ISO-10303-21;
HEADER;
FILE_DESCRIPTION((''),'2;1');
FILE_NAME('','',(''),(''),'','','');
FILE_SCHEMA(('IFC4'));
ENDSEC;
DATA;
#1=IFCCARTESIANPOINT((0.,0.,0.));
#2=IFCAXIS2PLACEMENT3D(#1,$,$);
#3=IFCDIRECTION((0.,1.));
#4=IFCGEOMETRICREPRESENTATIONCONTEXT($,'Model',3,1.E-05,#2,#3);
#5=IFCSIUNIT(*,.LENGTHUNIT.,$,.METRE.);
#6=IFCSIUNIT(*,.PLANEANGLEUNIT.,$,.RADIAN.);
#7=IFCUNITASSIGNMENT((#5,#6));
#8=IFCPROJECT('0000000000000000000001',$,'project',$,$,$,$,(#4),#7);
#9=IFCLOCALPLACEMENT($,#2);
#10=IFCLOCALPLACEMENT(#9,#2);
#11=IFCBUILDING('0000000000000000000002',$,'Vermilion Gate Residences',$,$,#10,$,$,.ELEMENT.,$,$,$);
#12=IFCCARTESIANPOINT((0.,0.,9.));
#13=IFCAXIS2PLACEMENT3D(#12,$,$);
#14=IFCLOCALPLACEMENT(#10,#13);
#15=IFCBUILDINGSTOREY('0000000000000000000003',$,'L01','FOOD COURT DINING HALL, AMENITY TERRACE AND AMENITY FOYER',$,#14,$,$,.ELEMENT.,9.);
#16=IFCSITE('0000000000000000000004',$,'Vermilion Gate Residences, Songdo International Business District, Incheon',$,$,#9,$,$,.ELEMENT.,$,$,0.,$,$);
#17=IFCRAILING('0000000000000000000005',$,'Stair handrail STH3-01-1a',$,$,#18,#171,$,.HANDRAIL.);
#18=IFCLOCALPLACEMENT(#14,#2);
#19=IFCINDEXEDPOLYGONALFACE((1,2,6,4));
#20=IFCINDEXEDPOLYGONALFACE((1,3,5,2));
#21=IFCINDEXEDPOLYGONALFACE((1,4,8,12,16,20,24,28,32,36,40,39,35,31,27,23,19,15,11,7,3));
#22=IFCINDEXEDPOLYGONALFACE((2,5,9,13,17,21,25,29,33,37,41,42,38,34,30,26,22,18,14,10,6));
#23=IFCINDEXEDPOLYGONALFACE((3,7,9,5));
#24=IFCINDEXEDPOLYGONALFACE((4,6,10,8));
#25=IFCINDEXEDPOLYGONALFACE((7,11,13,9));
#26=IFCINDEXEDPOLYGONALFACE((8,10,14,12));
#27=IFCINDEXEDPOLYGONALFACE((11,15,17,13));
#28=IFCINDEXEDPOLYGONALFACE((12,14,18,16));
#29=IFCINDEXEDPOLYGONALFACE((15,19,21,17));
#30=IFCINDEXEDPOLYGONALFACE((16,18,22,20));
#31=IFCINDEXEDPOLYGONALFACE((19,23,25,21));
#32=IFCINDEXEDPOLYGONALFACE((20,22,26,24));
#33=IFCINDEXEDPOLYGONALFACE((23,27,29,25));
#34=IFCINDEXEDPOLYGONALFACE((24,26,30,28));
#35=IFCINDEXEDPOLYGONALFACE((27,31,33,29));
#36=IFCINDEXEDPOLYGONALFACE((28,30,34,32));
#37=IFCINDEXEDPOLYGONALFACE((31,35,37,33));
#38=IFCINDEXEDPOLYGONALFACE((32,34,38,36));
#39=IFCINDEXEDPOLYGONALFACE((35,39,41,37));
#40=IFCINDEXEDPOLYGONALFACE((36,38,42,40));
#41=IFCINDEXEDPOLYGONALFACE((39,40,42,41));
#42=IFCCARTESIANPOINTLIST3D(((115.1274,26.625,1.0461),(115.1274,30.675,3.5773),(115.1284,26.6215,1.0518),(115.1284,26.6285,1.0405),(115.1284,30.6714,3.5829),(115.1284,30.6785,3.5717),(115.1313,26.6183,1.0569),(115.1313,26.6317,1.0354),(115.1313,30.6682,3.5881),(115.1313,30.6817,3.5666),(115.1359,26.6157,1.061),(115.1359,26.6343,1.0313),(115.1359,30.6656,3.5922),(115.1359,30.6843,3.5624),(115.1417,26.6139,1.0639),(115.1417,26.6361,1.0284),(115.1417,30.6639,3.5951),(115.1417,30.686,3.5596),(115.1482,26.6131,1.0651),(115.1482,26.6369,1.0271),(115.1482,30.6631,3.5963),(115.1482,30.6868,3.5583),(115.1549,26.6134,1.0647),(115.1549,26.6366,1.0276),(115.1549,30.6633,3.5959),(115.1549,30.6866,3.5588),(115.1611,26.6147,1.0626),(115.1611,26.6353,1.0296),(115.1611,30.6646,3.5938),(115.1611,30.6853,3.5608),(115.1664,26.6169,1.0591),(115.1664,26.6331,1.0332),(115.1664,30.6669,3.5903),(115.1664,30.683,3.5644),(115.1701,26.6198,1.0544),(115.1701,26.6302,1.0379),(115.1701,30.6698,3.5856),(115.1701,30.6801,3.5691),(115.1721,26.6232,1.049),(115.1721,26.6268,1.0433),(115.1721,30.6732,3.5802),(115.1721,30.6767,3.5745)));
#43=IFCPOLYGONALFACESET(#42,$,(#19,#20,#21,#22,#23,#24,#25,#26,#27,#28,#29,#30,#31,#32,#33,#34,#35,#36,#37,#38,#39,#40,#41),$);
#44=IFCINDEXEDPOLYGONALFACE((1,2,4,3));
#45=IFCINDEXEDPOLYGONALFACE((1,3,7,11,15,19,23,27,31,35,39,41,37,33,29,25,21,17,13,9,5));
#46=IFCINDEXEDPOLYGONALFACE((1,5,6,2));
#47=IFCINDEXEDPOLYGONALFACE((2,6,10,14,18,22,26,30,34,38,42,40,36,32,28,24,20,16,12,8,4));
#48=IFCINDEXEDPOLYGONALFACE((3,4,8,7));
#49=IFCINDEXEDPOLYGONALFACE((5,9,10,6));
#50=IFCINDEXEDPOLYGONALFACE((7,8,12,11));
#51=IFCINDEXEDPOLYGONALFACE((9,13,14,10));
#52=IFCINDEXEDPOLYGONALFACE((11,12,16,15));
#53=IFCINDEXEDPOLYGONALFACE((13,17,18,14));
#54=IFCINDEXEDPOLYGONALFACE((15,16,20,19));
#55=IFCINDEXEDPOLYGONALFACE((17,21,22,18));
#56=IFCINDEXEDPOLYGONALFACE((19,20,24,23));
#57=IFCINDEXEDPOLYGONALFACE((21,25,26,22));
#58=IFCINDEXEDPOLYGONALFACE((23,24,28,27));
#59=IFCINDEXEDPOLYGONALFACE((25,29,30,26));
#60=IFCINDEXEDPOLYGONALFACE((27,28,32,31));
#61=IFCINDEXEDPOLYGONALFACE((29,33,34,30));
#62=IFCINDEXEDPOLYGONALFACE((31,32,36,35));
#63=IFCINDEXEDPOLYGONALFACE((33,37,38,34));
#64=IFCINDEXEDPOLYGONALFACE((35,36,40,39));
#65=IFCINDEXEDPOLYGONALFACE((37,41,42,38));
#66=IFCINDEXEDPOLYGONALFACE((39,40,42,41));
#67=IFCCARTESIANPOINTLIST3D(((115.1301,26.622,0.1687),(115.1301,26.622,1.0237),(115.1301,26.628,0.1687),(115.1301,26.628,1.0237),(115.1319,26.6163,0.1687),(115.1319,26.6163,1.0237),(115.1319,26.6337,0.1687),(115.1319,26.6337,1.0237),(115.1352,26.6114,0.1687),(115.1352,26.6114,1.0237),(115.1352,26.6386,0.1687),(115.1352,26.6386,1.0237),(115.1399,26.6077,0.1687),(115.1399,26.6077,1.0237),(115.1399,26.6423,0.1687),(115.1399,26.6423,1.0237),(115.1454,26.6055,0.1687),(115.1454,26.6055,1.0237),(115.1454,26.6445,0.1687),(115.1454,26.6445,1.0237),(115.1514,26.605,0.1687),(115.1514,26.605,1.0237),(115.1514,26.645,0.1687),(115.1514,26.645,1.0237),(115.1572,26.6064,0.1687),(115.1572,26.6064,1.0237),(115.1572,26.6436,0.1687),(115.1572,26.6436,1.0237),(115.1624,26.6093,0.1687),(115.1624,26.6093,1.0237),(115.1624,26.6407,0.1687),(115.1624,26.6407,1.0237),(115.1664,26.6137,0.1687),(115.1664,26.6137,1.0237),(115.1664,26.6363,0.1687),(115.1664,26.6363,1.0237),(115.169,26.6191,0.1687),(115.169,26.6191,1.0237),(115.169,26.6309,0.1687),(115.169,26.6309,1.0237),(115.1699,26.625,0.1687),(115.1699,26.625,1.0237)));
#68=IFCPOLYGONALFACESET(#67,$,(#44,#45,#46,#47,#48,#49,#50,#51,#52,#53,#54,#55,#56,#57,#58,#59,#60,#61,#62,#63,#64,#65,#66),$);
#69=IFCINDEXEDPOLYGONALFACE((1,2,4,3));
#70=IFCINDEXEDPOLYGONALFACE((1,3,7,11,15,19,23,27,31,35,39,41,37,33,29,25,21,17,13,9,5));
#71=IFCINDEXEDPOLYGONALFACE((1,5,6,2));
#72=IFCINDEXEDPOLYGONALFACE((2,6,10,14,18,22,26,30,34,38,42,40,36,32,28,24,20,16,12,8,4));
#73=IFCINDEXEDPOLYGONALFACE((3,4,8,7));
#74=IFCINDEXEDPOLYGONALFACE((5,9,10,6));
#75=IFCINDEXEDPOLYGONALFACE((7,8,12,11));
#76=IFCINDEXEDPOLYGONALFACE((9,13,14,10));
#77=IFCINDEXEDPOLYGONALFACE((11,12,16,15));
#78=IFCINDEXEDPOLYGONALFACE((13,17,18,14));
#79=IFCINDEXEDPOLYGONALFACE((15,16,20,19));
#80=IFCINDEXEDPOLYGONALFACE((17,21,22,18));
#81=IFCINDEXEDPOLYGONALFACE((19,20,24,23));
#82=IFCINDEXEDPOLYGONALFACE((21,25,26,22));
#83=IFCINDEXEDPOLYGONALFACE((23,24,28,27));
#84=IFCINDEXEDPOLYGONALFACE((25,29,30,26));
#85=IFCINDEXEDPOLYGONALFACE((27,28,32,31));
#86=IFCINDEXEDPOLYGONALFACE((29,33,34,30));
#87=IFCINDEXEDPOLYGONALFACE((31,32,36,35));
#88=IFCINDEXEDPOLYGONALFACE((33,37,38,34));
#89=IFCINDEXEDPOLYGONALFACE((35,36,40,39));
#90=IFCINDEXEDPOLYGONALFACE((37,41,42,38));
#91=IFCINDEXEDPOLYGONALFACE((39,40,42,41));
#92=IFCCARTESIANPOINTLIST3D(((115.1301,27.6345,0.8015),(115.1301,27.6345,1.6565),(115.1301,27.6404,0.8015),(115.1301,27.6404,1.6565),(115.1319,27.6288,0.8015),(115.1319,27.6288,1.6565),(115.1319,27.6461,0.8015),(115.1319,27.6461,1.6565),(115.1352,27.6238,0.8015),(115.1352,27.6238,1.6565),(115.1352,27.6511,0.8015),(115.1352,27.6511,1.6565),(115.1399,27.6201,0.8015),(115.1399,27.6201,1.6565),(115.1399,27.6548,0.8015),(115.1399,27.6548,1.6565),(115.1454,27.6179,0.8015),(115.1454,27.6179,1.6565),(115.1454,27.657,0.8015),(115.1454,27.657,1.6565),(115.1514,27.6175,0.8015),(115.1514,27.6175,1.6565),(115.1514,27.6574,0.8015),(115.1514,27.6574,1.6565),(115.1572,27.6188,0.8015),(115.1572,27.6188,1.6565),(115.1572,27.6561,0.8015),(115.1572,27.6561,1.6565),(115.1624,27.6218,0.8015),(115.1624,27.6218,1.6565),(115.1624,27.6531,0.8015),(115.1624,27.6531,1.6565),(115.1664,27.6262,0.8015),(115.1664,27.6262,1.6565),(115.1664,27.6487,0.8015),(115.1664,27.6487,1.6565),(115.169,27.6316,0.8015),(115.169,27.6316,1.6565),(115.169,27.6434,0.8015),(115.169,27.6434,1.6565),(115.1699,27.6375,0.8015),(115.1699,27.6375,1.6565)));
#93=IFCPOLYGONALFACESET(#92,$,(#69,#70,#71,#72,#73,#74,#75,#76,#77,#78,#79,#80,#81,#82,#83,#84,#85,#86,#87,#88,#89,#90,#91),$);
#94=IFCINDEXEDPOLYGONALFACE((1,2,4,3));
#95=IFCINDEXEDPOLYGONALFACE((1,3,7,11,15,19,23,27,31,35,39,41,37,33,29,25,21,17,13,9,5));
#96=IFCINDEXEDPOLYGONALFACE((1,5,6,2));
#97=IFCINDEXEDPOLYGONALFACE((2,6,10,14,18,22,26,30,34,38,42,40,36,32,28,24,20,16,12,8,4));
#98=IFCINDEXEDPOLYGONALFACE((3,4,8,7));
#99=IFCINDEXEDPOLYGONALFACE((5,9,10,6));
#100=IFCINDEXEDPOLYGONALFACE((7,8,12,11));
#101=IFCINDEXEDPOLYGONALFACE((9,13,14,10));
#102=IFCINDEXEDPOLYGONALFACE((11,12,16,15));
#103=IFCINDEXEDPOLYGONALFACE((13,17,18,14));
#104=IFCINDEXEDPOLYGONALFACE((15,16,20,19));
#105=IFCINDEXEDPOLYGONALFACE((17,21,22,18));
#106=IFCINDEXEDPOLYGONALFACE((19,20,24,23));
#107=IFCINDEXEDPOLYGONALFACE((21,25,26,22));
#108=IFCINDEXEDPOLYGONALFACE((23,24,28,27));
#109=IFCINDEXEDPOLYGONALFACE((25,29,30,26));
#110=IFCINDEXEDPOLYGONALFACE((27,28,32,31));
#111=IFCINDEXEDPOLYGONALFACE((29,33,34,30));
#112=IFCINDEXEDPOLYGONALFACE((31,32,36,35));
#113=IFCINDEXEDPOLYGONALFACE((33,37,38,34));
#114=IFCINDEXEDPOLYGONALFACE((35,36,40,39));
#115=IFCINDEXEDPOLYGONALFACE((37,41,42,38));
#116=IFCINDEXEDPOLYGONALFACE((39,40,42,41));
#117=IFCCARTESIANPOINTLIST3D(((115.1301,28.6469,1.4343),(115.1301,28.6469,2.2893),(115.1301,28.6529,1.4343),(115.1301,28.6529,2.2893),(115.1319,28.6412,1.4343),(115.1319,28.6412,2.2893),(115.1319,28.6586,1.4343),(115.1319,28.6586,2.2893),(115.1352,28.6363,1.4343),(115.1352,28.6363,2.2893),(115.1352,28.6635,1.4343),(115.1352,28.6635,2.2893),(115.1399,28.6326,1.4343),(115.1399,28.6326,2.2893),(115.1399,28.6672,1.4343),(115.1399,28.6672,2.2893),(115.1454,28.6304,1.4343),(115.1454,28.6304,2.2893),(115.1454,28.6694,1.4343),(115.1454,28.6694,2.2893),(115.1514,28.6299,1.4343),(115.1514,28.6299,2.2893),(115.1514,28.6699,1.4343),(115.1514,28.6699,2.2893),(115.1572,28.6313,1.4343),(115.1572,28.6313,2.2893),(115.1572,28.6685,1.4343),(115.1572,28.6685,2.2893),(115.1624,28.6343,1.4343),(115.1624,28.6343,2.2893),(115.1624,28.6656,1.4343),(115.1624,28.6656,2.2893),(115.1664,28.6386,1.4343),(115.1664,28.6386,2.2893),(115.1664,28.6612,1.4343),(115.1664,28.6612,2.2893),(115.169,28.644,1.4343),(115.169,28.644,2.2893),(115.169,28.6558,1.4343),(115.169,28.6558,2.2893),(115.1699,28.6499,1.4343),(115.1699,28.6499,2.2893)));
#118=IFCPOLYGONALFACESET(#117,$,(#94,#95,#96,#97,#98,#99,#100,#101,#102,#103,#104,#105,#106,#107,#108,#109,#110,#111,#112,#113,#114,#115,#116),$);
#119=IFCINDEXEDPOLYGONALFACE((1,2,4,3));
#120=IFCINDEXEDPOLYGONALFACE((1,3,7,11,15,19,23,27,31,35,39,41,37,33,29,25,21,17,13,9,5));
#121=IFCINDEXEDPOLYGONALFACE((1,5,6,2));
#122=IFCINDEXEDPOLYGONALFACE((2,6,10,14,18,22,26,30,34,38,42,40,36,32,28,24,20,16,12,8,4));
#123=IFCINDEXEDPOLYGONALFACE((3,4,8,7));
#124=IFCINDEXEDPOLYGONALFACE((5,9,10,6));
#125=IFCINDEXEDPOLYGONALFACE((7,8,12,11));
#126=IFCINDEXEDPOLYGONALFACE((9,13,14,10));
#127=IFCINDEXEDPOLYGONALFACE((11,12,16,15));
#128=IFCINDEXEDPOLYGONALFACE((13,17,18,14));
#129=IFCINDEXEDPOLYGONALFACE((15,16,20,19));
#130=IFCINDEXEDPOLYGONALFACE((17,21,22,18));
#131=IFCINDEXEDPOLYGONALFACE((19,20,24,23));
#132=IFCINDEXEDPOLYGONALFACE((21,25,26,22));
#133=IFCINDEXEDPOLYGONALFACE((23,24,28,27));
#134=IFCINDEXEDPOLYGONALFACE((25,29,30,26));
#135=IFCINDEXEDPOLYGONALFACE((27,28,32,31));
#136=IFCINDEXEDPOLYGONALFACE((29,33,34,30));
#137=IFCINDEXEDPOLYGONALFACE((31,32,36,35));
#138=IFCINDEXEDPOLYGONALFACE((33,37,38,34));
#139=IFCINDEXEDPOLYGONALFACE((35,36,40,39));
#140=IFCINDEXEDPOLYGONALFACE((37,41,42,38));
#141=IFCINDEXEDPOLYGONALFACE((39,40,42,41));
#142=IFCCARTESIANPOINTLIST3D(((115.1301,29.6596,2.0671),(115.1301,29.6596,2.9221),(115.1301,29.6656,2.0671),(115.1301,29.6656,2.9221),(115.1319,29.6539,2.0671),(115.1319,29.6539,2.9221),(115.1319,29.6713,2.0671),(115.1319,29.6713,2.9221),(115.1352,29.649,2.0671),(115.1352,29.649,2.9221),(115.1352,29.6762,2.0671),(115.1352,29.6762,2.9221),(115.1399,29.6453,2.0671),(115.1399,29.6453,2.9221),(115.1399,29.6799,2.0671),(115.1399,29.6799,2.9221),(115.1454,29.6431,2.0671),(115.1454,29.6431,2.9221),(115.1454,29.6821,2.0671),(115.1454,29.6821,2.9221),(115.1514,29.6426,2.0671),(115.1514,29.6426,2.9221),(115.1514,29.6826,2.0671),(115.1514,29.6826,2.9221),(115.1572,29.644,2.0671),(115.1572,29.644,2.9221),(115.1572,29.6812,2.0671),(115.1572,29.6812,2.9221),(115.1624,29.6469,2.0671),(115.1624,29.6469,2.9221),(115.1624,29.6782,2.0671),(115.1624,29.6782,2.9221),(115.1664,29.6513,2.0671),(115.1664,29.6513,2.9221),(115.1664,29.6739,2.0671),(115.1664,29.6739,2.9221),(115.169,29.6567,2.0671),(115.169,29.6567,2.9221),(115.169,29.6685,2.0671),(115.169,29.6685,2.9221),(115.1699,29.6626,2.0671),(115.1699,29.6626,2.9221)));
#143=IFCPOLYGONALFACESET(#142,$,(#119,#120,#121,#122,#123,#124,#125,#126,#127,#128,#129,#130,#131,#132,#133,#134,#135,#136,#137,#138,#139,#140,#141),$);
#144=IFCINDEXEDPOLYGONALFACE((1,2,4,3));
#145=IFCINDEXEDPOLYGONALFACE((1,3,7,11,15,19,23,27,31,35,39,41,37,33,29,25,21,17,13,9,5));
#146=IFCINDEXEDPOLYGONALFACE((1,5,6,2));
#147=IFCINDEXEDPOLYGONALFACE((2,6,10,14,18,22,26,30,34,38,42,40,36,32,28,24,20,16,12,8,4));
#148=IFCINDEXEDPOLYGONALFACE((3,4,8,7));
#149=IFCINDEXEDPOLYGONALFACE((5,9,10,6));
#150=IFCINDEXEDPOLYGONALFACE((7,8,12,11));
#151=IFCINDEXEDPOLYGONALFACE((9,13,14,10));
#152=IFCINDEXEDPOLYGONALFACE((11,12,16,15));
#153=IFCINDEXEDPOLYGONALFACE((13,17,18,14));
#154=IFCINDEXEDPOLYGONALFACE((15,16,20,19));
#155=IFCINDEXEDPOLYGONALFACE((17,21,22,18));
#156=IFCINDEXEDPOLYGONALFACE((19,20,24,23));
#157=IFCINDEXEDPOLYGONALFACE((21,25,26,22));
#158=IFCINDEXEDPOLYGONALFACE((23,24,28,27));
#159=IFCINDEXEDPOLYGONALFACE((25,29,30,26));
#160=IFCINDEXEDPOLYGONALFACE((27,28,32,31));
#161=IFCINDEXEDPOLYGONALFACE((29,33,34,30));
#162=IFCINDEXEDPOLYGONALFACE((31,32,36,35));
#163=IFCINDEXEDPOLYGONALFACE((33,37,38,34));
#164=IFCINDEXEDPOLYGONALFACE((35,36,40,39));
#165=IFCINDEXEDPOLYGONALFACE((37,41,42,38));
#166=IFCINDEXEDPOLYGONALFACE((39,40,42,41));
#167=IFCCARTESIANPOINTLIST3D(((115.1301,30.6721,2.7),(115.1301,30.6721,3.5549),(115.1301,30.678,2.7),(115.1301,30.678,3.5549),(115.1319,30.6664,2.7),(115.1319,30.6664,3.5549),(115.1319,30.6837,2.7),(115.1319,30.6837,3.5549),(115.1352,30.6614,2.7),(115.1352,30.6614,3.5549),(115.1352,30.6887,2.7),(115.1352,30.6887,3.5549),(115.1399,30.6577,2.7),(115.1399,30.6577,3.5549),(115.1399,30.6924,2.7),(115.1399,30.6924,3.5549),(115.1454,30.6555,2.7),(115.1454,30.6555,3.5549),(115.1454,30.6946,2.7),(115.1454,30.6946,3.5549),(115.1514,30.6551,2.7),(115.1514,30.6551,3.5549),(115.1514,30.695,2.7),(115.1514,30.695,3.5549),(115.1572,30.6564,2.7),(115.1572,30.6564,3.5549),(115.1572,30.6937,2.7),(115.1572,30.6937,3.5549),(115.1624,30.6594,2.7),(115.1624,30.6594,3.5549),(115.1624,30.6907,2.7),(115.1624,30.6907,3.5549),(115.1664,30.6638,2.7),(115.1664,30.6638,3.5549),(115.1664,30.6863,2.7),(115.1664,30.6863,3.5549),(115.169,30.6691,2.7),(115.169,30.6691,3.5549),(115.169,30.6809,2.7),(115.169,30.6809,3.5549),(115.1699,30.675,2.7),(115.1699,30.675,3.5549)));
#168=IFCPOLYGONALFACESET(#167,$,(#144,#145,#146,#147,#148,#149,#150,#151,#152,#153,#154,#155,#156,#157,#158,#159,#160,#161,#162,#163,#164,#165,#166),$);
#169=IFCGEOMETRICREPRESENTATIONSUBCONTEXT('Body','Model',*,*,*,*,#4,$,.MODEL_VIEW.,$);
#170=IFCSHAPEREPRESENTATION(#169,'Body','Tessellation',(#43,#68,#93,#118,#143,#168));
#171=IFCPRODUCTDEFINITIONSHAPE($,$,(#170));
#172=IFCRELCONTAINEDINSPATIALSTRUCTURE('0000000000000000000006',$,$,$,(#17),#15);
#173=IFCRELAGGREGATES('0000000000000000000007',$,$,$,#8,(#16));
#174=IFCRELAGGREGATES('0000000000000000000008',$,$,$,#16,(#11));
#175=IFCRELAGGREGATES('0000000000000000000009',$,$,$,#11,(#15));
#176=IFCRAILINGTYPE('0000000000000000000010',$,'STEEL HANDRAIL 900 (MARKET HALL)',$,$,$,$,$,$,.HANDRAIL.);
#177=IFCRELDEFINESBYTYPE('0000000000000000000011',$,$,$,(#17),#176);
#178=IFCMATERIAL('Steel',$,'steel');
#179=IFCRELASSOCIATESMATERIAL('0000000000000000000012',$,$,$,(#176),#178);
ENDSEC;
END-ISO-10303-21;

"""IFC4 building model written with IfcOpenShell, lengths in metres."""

from ifc_helpers import new_model, si_unit, direction, frame, origin, origin_2d, place, context, subcontext, project, spatial, circle, extrude, material, type_object, element, save


model = new_model("IFC4")

# Units and contexts
model_context = context("Model", 3, precision=1e-05, world=origin(), true_north=direction((0.0, 1.0)))
body_context = subcontext(model_context, "Body", "Model", "MODEL_VIEW")
ifc_project = project(units=[si_unit("LENGTHUNIT", "METRE"), si_unit("PLANEANGLEUNIT", "RADIAN")], contexts=[model_context])

# Site, building, storey
site_placement = place(None, origin())
site = spatial("IfcSite", under=ifc_project, at=site_placement, Name="Vermilion Gate Residences, Songdo International Business District, Incheon", CompositionType="ELEMENT", RefElevation=0.0)
building_placement = place(site_placement, origin())
building = spatial("IfcBuilding", under=site, at=building_placement, Name="Vermilion Gate Residences", CompositionType="ELEMENT")
storey_placement = place(building_placement, frame((0.0, 0.0, 9.0)))
storey = spatial("IfcBuildingStorey", under=building, at=storey_placement, Name="L01", Description="FOOD COURT DINING HALL, AMENITY TERRACE AND AMENITY FOYER", CompositionType="ELEMENT", Elevation=9.0)

# Railing
ifc_material_1 = material(Name="Steel", Category="steel")
railing_type_1 = type_object("IfcRailingType", Name="STEEL HANDRAIL 900 (MARKET HALL)", PredefinedType="HANDRAIL", material=ifc_material_1)
for number, where, name in (
    (1, (115.1499, 26.625, 0.1687), "Stair handrail STH3-01-1a"),
):
    element("IfcRailing", number, at=place(storey_placement, frame(where)), inside=storey, type_object=railing_type_1, Name=name, PredefinedType="HANDRAIL", context=body_context, shape_type="SweptSolid", body=[
        extrude(circle(Radius=0.0225, at=origin_2d()), frame((0.0, 0.0, 0.8774), z_axis=(0.0, 0.848001, 0.529994), x_axis=(-1.0, 0.0, 0.0)), (0.0, 0.0, 1.0), 4.7759),
        extrude(circle(Radius=0.02, at=origin_2d()), origin(), (0.0, 0.0, 1.0), 0.855),
        extrude(circle(Radius=0.02, at=origin_2d()), frame((0.0, 1.0125, 0.6328)), (0.0, 0.0, 1.0), 0.855),
        extrude(circle(Radius=0.02, at=origin_2d()), frame((0.0, 2.0249, 1.2656)), (0.0, 0.0, 1.0), 0.855),
        extrude(circle(Radius=0.02, at=origin_2d()), frame((0.0, 3.0376, 1.8984)), (0.0, 0.0, 1.0), 0.855),
        extrude(circle(Radius=0.02, at=origin_2d()), frame((0.0, 4.05, 2.5312)), (0.0, 0.0, 1.0), 0.855),
    ])

save(model, "model.ifc")
